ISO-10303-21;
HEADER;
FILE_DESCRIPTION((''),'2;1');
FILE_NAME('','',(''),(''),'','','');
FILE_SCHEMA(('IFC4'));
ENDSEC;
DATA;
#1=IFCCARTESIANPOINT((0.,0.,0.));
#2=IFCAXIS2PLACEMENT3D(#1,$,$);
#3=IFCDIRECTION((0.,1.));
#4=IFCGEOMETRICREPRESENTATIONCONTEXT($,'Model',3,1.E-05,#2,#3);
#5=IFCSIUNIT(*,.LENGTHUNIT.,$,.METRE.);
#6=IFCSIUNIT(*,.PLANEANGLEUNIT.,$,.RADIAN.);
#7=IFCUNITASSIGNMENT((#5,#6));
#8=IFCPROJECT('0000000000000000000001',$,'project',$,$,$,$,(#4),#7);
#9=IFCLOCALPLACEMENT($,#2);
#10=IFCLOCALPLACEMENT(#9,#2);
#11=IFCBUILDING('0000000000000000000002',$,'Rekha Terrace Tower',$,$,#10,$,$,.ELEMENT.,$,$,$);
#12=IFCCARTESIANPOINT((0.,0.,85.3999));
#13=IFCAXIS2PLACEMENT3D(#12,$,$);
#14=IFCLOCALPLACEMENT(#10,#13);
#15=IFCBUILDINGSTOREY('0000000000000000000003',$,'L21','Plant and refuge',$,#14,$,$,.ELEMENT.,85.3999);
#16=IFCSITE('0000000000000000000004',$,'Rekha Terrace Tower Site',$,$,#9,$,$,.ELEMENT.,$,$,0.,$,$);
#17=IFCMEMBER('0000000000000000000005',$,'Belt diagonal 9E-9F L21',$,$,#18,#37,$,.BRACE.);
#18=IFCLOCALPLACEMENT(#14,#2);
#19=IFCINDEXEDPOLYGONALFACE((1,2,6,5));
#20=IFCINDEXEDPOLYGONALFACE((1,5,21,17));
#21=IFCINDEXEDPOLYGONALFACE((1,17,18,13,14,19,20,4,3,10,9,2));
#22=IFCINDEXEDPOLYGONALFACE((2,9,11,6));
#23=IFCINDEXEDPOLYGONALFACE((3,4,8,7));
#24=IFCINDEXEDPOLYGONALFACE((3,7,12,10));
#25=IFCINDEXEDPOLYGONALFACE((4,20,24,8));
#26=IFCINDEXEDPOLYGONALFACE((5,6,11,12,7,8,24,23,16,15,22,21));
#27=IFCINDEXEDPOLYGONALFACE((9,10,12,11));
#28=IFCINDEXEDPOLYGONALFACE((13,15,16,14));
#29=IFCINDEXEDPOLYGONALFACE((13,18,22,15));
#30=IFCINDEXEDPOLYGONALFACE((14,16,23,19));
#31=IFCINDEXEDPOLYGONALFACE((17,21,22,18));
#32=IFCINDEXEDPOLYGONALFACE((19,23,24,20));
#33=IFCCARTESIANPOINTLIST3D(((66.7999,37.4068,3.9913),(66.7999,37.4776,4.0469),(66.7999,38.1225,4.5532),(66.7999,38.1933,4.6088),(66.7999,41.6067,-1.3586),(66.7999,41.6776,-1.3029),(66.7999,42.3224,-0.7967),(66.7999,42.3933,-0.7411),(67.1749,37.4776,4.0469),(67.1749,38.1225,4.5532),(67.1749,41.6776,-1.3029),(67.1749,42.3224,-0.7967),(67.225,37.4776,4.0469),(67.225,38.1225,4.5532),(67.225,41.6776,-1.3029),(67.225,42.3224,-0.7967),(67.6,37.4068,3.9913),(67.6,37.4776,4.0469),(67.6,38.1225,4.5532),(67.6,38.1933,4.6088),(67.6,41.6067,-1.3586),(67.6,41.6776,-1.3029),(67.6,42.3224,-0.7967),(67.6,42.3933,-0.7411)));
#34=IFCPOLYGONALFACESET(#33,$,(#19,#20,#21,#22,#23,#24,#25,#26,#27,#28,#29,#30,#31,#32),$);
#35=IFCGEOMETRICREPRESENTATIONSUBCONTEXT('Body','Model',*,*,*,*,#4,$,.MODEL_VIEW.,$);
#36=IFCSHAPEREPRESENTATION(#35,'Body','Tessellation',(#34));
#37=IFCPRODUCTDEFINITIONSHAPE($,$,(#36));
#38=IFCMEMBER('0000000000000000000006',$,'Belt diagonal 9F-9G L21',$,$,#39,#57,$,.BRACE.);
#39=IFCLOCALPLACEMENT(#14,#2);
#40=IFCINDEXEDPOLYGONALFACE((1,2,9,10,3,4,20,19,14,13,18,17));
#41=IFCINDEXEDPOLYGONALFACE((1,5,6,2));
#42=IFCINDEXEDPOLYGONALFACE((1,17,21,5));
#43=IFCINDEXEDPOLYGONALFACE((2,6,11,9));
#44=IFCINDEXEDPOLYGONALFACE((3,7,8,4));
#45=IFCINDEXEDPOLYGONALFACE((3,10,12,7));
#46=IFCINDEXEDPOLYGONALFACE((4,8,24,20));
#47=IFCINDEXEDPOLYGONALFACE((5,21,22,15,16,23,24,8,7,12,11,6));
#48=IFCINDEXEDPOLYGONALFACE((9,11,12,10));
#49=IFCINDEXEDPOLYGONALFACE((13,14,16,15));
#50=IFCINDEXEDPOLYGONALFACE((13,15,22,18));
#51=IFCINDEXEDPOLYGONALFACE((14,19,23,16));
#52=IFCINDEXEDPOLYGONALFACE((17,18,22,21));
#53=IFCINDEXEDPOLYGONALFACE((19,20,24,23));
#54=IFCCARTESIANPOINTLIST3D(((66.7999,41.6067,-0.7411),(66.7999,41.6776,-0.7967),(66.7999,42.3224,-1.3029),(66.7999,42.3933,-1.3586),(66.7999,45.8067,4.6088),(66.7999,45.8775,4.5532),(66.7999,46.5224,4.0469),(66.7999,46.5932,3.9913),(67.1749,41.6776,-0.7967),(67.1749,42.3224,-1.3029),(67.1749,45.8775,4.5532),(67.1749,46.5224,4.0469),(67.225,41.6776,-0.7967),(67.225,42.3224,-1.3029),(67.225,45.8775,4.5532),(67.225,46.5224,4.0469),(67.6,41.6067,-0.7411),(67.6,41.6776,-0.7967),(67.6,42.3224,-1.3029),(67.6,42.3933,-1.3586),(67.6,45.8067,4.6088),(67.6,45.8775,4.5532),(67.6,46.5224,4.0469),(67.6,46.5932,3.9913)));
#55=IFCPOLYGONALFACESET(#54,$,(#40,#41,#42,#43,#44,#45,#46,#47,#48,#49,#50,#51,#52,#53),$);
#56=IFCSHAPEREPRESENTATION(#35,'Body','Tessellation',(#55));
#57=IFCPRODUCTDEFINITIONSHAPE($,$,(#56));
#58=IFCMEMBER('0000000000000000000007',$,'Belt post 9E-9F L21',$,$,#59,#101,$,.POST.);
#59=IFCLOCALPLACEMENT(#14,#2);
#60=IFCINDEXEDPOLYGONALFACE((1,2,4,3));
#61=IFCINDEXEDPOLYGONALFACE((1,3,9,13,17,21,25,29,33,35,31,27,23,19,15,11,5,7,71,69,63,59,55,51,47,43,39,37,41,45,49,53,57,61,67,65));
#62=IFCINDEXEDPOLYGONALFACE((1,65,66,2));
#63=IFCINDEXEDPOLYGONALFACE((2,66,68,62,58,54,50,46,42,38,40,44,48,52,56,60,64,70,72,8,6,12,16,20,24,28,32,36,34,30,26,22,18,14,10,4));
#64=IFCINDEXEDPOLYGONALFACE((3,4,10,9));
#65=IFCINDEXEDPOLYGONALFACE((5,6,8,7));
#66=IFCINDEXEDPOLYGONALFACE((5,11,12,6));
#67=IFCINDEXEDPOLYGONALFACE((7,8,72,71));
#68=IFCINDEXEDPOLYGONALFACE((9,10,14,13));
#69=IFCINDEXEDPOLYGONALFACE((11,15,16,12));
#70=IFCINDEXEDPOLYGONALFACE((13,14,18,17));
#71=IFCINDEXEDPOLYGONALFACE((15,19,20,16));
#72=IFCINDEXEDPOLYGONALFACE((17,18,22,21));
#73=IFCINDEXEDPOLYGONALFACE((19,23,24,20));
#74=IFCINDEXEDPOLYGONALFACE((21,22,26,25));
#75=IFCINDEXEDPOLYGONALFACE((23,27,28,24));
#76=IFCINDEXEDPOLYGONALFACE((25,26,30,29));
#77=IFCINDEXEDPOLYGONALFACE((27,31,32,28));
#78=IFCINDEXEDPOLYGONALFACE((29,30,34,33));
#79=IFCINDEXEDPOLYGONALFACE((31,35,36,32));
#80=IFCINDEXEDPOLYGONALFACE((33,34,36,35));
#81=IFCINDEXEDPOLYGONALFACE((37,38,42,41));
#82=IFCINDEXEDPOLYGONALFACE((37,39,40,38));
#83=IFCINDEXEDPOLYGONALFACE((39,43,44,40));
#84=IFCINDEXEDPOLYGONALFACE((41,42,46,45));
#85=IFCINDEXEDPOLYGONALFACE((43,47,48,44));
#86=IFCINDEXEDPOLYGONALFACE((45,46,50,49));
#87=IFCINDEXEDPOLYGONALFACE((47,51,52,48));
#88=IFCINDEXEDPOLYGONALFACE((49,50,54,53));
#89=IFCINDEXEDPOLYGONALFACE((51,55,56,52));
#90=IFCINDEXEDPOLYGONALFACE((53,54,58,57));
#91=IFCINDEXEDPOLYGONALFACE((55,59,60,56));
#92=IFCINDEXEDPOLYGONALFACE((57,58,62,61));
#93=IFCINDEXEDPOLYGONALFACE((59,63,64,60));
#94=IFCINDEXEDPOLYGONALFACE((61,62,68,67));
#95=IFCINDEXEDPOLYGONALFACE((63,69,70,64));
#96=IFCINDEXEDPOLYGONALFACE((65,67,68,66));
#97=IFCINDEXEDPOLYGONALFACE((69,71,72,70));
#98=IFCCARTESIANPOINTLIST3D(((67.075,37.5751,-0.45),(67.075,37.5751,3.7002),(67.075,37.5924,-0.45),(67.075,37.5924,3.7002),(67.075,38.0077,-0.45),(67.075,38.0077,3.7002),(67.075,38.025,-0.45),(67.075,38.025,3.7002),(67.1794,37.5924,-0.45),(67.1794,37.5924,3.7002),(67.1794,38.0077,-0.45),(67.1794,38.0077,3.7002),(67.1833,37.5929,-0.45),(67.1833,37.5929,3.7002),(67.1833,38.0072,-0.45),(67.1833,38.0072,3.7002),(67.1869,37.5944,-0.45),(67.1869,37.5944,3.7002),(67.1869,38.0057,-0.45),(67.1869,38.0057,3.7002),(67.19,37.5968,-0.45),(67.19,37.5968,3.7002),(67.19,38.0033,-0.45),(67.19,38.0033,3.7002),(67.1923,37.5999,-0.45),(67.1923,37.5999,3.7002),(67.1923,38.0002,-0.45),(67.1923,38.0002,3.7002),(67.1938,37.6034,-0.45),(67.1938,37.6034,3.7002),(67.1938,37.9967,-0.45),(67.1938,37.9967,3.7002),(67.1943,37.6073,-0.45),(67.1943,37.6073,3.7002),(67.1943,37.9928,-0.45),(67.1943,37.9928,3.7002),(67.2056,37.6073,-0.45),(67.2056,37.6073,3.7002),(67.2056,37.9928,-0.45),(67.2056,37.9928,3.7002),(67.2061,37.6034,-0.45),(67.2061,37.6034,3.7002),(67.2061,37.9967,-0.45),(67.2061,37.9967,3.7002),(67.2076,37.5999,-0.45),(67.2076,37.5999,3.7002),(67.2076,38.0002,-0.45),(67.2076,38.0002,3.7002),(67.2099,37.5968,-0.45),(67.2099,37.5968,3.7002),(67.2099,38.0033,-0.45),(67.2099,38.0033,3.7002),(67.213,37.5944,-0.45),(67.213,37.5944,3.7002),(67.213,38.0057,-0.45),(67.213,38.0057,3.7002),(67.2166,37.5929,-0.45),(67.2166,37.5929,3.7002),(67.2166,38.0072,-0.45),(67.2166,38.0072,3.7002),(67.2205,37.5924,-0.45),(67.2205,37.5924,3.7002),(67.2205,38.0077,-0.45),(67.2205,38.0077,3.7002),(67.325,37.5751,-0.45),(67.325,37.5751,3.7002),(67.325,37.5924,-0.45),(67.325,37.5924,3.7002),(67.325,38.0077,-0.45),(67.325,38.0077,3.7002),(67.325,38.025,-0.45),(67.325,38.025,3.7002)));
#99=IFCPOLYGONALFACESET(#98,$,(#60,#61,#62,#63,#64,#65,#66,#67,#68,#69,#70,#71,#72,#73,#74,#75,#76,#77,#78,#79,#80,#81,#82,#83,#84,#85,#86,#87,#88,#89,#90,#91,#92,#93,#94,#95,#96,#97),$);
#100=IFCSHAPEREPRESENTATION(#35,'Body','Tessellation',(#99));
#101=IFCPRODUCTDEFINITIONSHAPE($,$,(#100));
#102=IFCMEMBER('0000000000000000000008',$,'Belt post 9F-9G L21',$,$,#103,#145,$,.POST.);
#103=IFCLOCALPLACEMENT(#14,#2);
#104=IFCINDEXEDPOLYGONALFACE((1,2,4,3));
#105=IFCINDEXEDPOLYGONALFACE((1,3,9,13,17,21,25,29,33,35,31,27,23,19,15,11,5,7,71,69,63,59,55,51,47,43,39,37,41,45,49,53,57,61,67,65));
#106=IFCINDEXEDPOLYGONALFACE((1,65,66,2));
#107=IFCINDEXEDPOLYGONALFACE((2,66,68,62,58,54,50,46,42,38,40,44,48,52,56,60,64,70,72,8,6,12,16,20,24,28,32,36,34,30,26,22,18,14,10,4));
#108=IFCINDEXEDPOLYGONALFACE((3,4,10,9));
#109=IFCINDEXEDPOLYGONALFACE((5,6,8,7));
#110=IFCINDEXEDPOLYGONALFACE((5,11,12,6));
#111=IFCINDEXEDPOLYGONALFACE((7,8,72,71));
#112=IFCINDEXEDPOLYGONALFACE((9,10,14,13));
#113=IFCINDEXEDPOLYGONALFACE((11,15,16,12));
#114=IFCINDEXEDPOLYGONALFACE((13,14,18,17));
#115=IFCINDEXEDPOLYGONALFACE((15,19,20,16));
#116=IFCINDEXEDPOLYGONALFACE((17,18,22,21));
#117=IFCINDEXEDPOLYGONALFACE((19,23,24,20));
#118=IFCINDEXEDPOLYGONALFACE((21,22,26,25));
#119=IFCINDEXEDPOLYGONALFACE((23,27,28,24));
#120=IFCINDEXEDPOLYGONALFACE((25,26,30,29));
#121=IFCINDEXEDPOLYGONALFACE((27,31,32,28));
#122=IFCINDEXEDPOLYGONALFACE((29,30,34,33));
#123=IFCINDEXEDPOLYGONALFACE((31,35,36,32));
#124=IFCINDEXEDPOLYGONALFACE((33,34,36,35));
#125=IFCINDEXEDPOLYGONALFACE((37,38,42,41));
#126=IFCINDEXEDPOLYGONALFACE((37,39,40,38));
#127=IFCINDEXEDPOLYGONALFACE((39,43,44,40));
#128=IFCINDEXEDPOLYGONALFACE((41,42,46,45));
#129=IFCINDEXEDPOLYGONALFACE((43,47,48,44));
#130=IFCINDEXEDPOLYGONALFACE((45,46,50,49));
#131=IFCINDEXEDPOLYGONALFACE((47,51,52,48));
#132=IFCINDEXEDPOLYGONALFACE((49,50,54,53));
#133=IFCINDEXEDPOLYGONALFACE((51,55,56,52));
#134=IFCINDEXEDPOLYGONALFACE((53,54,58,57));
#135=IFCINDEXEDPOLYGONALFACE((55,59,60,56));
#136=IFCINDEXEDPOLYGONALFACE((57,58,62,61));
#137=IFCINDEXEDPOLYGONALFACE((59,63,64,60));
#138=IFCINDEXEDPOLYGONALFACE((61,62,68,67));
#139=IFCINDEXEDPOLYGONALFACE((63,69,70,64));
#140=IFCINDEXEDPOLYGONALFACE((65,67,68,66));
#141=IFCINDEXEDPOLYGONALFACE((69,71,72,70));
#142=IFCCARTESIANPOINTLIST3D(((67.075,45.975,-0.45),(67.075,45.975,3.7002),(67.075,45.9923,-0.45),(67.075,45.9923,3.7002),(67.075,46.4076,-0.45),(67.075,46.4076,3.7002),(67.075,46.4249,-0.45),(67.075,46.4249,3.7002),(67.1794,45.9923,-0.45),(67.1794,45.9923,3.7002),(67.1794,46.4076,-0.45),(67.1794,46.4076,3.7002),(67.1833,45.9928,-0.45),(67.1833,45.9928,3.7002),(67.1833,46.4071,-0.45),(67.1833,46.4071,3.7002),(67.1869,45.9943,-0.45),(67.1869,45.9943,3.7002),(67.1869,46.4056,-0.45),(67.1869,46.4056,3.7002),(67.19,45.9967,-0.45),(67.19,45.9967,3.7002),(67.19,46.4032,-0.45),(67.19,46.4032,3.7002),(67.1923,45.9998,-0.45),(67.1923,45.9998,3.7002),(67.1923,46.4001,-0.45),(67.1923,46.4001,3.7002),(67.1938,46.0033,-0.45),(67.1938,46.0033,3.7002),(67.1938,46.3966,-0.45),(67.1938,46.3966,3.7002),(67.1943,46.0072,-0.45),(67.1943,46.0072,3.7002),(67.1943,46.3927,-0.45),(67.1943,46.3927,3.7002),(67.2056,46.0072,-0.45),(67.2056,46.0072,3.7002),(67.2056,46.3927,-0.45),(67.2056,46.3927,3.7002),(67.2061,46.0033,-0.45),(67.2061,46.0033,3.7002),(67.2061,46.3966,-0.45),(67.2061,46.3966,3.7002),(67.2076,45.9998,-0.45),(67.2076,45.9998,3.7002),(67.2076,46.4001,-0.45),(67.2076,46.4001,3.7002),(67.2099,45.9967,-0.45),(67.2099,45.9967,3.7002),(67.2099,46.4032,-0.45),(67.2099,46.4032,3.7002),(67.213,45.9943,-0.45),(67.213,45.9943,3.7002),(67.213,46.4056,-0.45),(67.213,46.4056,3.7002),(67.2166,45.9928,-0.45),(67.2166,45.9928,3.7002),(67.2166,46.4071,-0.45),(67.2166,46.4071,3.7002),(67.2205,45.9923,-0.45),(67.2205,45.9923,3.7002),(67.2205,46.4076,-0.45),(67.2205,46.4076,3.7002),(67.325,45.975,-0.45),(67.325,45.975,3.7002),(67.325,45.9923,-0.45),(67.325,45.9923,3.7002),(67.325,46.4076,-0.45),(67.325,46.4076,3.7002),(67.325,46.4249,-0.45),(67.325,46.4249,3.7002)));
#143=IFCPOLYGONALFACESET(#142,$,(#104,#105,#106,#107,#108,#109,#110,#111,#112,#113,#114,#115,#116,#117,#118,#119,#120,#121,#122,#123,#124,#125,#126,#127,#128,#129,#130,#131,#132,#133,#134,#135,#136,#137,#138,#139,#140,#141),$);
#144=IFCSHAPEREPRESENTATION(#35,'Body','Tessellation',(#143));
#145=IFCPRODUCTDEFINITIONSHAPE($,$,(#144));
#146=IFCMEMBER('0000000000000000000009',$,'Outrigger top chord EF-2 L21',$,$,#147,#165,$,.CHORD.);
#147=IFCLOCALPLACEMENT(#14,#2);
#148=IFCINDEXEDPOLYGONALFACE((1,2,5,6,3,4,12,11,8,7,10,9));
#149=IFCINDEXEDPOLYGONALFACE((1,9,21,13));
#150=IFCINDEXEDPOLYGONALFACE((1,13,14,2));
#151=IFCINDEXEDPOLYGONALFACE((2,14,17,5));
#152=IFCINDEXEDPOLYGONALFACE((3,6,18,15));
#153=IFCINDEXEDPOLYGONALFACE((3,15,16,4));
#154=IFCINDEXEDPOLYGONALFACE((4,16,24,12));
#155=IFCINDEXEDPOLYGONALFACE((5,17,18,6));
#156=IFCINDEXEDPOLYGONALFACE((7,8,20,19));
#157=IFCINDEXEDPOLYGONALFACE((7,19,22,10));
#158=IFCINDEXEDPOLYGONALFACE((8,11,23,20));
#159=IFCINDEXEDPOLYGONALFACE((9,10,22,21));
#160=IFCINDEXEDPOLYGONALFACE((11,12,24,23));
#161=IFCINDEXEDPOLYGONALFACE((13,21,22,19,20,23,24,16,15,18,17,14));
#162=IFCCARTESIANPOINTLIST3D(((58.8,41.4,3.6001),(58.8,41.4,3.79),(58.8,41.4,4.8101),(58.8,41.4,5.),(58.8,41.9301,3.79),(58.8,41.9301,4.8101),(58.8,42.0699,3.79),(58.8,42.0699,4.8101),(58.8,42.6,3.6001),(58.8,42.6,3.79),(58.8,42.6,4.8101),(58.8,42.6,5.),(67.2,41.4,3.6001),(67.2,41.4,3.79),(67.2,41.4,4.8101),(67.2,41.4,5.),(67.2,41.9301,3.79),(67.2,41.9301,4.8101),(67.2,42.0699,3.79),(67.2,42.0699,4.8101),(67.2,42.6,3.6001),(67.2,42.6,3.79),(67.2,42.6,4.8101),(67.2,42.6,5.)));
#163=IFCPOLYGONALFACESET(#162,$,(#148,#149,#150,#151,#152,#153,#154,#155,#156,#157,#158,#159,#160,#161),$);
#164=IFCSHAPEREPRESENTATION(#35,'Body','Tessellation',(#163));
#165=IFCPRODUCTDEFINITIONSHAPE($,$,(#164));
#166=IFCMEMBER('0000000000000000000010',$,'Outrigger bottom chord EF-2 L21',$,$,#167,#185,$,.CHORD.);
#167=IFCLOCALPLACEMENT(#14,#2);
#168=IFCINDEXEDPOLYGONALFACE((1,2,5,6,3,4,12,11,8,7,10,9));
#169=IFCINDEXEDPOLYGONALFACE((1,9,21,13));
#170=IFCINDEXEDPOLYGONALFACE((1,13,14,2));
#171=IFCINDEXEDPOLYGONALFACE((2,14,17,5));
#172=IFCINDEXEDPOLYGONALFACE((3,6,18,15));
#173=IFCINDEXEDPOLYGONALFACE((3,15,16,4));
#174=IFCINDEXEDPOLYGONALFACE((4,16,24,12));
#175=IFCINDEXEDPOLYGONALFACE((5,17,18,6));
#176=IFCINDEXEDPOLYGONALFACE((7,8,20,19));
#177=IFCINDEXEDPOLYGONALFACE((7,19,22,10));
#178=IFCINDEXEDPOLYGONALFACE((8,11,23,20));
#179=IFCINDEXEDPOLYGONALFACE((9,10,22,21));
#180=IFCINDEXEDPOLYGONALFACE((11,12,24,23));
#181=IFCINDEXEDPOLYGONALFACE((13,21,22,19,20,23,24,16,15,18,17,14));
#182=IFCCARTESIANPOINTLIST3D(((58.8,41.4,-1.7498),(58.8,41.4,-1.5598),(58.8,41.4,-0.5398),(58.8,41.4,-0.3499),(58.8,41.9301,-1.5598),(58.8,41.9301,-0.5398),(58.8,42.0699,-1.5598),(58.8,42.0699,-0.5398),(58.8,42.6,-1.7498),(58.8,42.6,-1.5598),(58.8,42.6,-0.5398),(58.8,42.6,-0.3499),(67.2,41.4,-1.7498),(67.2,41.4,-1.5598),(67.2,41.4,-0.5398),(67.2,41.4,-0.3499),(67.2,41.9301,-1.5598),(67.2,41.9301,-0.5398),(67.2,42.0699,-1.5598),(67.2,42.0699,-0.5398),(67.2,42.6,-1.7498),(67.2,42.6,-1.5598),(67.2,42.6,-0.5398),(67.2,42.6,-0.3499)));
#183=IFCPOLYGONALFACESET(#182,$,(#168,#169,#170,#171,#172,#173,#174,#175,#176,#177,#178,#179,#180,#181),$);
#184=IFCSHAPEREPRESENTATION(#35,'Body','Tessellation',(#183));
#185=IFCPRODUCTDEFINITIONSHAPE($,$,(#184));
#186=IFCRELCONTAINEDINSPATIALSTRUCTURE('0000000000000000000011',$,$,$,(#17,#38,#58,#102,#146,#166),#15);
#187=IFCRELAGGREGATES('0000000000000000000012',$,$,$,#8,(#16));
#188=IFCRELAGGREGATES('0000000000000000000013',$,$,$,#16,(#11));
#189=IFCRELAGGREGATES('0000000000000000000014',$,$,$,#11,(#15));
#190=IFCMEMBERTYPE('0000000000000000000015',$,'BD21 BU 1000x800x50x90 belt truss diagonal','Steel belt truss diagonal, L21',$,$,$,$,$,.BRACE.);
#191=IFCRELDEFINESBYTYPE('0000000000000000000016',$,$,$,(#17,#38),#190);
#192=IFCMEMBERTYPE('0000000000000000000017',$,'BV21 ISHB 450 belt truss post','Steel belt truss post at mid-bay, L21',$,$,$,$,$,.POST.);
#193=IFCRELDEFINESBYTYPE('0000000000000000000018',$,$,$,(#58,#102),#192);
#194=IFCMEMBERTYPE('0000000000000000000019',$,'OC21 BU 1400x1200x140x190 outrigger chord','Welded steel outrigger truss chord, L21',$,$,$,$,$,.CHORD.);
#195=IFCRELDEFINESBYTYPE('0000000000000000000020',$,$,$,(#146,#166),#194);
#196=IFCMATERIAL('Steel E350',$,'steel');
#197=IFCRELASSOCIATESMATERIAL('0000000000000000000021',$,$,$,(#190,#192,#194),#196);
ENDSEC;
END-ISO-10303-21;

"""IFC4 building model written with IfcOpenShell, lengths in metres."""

from ifc_helpers import new_model, si_unit, direction, frame, origin, origin_2d, place, context, subcontext, project, spatial, i_section, extrude, material, material_profile, profile_set, type_object, element, save


model = new_model("IFC4")

# Units and contexts
model_context = context("Model", 3, precision=1e-05, world=origin(), true_north=direction((0.0, 1.0)))
body_context = subcontext(model_context, "Body", "Model", "MODEL_VIEW")
ifc_project = project(units=[si_unit("LENGTHUNIT", "METRE"), si_unit("PLANEANGLEUNIT", "RADIAN")], contexts=[model_context])

# Site, building, storey
site_placement = place(None, origin())
site = spatial("IfcSite", under=ifc_project, at=site_placement, Name="Rekha Terrace Tower Site", CompositionType="ELEMENT", RefElevation=0.0)
building_placement = place(site_placement, origin())
building = spatial("IfcBuilding", under=site, at=building_placement, Name="Rekha Terrace Tower", CompositionType="ELEMENT")
storey_placement = place(building_placement, frame((0.0, 0.0, 85.3999)))
storey = spatial("IfcBuildingStorey", under=building, at=storey_placement, Name="L21", Description="Plant and refuge", CompositionType="ELEMENT", Elevation=85.3999)

# Members
ifc_material_1 = material(Name="Steel E350", Category="steel")
ifc_material_profile_1 = material_profile(ifc_material_1, i_section(OverallWidth=0.8, OverallDepth=1.0, WebThickness=0.05, FlangeThickness=0.0901, at=origin_2d()), Name="BU 1000x800x50x90")
ifc_profile_set_1 = profile_set([ifc_material_profile_1], Name="Steel E350")
member_type_1 = type_object("IfcMemberType", Name="BD21 BU 1000x800x50x90 belt truss diagonal", Description="Steel belt truss diagonal, L21", PredefinedType="BRACE", material=ifc_profile_set_1)
for number, where, z_axis, x_axis, name in (
    (1, (67.2, 42.0, -1.0498), (0.0, -0.617503, 0.786569), (1.0, 0.0, 0.0), "Belt diagonal 9E-9F L21"),
    (2, (67.2, 42.0, -1.0498), (0.0, 0.617503, 0.786569), (-1.0, 0.0, 0.0), "Belt diagonal 9F-9G L21"),
):
    element("IfcMember", number, at=place(storey_placement, frame(where, z_axis=z_axis, x_axis=x_axis)), inside=storey, type_object=member_type_1, Name=name, PredefinedType="BRACE", context=body_context, shape_type="SweptSolid", body=[
        extrude(i_section(OverallWidth=0.8, OverallDepth=1.0, WebThickness=0.05, FlangeThickness=0.0901, at=origin_2d()), origin(), (0.0, 0.0, 1.0), 6.8015),
    ])
ifc_material_profile_2 = material_profile(ifc_material_1, i_section(OverallWidth=0.25, OverallDepth=0.45, WebThickness=0.0112, FlangeThickness=0.0173, FilletRadius=0.0149, at=origin_2d()), Name="ISHB 450")
ifc_profile_set_2 = profile_set([ifc_material_profile_2], Name="Steel E350")
member_type_2 = type_object("IfcMemberType", Name="BV21 ISHB 450 belt truss post", Description="Steel belt truss post at mid-bay, L21", PredefinedType="POST", material=ifc_profile_set_2)
for number, where, z_axis, x_axis, name in (
    (3, (67.2, 37.8, -0.45), (0.0, 0.0, 1.0), (1.0, 0.0, 0.0), "Belt post 9E-9F L21"),
    (4, (67.2, 46.2, -0.45), (0.0, 0.0, 1.0), (1.0, 0.0, 0.0), "Belt post 9F-9G L21"),
):
    element("IfcMember", number, at=place(storey_placement, frame(where, z_axis=z_axis, x_axis=x_axis)), inside=storey, type_object=member_type_2, Name=name, PredefinedType="POST", context=body_context, shape_type="SweptSolid", body=[
        extrude(i_section(OverallWidth=0.25, OverallDepth=0.45, WebThickness=0.0112, FlangeThickness=0.0173, FilletRadius=0.0149, at=origin_2d()), origin(), (0.0, 0.0, 1.0), 4.1501),
    ])
ifc_material_profile_3 = material_profile(ifc_material_1, i_section(OverallWidth=1.2, OverallDepth=1.3999, WebThickness=0.1399, FlangeThickness=0.1899, at=origin_2d()), Name="BU 1400x1200x140x190")
ifc_profile_set_3 = profile_set([ifc_material_profile_3], Name="Steel E350")
member_type_3 = type_object("IfcMemberType", Name="OC21 BU 1400x1200x140x190 outrigger chord", Description="Welded steel outrigger truss chord, L21", PredefinedType="CHORD", material=ifc_profile_set_3)
for number, where, z_axis, x_axis, name in (
    (5, (58.8, 42.0, 4.3), (1.0, 0.0, 0.0), (0.0, 1.0, 0.0), "Outrigger top chord EF-2 L21"),
    (6, (58.8, 42.0, -1.0498), (1.0, 0.0, 0.0), (0.0, 1.0, 0.0), "Outrigger bottom chord EF-2 L21"),
):
    element("IfcMember", number, at=place(storey_placement, frame(where, z_axis=z_axis, x_axis=x_axis)), inside=storey, type_object=member_type_3, Name=name, PredefinedType="CHORD", context=body_context, shape_type="SweptSolid", body=[
        extrude(i_section(OverallWidth=1.2, OverallDepth=1.3999, WebThickness=0.1399, FlangeThickness=0.1899, at=origin_2d()), origin(), (0.0, 0.0, 1.0), 8.3999),
    ])

save(model, "model.ifc")
